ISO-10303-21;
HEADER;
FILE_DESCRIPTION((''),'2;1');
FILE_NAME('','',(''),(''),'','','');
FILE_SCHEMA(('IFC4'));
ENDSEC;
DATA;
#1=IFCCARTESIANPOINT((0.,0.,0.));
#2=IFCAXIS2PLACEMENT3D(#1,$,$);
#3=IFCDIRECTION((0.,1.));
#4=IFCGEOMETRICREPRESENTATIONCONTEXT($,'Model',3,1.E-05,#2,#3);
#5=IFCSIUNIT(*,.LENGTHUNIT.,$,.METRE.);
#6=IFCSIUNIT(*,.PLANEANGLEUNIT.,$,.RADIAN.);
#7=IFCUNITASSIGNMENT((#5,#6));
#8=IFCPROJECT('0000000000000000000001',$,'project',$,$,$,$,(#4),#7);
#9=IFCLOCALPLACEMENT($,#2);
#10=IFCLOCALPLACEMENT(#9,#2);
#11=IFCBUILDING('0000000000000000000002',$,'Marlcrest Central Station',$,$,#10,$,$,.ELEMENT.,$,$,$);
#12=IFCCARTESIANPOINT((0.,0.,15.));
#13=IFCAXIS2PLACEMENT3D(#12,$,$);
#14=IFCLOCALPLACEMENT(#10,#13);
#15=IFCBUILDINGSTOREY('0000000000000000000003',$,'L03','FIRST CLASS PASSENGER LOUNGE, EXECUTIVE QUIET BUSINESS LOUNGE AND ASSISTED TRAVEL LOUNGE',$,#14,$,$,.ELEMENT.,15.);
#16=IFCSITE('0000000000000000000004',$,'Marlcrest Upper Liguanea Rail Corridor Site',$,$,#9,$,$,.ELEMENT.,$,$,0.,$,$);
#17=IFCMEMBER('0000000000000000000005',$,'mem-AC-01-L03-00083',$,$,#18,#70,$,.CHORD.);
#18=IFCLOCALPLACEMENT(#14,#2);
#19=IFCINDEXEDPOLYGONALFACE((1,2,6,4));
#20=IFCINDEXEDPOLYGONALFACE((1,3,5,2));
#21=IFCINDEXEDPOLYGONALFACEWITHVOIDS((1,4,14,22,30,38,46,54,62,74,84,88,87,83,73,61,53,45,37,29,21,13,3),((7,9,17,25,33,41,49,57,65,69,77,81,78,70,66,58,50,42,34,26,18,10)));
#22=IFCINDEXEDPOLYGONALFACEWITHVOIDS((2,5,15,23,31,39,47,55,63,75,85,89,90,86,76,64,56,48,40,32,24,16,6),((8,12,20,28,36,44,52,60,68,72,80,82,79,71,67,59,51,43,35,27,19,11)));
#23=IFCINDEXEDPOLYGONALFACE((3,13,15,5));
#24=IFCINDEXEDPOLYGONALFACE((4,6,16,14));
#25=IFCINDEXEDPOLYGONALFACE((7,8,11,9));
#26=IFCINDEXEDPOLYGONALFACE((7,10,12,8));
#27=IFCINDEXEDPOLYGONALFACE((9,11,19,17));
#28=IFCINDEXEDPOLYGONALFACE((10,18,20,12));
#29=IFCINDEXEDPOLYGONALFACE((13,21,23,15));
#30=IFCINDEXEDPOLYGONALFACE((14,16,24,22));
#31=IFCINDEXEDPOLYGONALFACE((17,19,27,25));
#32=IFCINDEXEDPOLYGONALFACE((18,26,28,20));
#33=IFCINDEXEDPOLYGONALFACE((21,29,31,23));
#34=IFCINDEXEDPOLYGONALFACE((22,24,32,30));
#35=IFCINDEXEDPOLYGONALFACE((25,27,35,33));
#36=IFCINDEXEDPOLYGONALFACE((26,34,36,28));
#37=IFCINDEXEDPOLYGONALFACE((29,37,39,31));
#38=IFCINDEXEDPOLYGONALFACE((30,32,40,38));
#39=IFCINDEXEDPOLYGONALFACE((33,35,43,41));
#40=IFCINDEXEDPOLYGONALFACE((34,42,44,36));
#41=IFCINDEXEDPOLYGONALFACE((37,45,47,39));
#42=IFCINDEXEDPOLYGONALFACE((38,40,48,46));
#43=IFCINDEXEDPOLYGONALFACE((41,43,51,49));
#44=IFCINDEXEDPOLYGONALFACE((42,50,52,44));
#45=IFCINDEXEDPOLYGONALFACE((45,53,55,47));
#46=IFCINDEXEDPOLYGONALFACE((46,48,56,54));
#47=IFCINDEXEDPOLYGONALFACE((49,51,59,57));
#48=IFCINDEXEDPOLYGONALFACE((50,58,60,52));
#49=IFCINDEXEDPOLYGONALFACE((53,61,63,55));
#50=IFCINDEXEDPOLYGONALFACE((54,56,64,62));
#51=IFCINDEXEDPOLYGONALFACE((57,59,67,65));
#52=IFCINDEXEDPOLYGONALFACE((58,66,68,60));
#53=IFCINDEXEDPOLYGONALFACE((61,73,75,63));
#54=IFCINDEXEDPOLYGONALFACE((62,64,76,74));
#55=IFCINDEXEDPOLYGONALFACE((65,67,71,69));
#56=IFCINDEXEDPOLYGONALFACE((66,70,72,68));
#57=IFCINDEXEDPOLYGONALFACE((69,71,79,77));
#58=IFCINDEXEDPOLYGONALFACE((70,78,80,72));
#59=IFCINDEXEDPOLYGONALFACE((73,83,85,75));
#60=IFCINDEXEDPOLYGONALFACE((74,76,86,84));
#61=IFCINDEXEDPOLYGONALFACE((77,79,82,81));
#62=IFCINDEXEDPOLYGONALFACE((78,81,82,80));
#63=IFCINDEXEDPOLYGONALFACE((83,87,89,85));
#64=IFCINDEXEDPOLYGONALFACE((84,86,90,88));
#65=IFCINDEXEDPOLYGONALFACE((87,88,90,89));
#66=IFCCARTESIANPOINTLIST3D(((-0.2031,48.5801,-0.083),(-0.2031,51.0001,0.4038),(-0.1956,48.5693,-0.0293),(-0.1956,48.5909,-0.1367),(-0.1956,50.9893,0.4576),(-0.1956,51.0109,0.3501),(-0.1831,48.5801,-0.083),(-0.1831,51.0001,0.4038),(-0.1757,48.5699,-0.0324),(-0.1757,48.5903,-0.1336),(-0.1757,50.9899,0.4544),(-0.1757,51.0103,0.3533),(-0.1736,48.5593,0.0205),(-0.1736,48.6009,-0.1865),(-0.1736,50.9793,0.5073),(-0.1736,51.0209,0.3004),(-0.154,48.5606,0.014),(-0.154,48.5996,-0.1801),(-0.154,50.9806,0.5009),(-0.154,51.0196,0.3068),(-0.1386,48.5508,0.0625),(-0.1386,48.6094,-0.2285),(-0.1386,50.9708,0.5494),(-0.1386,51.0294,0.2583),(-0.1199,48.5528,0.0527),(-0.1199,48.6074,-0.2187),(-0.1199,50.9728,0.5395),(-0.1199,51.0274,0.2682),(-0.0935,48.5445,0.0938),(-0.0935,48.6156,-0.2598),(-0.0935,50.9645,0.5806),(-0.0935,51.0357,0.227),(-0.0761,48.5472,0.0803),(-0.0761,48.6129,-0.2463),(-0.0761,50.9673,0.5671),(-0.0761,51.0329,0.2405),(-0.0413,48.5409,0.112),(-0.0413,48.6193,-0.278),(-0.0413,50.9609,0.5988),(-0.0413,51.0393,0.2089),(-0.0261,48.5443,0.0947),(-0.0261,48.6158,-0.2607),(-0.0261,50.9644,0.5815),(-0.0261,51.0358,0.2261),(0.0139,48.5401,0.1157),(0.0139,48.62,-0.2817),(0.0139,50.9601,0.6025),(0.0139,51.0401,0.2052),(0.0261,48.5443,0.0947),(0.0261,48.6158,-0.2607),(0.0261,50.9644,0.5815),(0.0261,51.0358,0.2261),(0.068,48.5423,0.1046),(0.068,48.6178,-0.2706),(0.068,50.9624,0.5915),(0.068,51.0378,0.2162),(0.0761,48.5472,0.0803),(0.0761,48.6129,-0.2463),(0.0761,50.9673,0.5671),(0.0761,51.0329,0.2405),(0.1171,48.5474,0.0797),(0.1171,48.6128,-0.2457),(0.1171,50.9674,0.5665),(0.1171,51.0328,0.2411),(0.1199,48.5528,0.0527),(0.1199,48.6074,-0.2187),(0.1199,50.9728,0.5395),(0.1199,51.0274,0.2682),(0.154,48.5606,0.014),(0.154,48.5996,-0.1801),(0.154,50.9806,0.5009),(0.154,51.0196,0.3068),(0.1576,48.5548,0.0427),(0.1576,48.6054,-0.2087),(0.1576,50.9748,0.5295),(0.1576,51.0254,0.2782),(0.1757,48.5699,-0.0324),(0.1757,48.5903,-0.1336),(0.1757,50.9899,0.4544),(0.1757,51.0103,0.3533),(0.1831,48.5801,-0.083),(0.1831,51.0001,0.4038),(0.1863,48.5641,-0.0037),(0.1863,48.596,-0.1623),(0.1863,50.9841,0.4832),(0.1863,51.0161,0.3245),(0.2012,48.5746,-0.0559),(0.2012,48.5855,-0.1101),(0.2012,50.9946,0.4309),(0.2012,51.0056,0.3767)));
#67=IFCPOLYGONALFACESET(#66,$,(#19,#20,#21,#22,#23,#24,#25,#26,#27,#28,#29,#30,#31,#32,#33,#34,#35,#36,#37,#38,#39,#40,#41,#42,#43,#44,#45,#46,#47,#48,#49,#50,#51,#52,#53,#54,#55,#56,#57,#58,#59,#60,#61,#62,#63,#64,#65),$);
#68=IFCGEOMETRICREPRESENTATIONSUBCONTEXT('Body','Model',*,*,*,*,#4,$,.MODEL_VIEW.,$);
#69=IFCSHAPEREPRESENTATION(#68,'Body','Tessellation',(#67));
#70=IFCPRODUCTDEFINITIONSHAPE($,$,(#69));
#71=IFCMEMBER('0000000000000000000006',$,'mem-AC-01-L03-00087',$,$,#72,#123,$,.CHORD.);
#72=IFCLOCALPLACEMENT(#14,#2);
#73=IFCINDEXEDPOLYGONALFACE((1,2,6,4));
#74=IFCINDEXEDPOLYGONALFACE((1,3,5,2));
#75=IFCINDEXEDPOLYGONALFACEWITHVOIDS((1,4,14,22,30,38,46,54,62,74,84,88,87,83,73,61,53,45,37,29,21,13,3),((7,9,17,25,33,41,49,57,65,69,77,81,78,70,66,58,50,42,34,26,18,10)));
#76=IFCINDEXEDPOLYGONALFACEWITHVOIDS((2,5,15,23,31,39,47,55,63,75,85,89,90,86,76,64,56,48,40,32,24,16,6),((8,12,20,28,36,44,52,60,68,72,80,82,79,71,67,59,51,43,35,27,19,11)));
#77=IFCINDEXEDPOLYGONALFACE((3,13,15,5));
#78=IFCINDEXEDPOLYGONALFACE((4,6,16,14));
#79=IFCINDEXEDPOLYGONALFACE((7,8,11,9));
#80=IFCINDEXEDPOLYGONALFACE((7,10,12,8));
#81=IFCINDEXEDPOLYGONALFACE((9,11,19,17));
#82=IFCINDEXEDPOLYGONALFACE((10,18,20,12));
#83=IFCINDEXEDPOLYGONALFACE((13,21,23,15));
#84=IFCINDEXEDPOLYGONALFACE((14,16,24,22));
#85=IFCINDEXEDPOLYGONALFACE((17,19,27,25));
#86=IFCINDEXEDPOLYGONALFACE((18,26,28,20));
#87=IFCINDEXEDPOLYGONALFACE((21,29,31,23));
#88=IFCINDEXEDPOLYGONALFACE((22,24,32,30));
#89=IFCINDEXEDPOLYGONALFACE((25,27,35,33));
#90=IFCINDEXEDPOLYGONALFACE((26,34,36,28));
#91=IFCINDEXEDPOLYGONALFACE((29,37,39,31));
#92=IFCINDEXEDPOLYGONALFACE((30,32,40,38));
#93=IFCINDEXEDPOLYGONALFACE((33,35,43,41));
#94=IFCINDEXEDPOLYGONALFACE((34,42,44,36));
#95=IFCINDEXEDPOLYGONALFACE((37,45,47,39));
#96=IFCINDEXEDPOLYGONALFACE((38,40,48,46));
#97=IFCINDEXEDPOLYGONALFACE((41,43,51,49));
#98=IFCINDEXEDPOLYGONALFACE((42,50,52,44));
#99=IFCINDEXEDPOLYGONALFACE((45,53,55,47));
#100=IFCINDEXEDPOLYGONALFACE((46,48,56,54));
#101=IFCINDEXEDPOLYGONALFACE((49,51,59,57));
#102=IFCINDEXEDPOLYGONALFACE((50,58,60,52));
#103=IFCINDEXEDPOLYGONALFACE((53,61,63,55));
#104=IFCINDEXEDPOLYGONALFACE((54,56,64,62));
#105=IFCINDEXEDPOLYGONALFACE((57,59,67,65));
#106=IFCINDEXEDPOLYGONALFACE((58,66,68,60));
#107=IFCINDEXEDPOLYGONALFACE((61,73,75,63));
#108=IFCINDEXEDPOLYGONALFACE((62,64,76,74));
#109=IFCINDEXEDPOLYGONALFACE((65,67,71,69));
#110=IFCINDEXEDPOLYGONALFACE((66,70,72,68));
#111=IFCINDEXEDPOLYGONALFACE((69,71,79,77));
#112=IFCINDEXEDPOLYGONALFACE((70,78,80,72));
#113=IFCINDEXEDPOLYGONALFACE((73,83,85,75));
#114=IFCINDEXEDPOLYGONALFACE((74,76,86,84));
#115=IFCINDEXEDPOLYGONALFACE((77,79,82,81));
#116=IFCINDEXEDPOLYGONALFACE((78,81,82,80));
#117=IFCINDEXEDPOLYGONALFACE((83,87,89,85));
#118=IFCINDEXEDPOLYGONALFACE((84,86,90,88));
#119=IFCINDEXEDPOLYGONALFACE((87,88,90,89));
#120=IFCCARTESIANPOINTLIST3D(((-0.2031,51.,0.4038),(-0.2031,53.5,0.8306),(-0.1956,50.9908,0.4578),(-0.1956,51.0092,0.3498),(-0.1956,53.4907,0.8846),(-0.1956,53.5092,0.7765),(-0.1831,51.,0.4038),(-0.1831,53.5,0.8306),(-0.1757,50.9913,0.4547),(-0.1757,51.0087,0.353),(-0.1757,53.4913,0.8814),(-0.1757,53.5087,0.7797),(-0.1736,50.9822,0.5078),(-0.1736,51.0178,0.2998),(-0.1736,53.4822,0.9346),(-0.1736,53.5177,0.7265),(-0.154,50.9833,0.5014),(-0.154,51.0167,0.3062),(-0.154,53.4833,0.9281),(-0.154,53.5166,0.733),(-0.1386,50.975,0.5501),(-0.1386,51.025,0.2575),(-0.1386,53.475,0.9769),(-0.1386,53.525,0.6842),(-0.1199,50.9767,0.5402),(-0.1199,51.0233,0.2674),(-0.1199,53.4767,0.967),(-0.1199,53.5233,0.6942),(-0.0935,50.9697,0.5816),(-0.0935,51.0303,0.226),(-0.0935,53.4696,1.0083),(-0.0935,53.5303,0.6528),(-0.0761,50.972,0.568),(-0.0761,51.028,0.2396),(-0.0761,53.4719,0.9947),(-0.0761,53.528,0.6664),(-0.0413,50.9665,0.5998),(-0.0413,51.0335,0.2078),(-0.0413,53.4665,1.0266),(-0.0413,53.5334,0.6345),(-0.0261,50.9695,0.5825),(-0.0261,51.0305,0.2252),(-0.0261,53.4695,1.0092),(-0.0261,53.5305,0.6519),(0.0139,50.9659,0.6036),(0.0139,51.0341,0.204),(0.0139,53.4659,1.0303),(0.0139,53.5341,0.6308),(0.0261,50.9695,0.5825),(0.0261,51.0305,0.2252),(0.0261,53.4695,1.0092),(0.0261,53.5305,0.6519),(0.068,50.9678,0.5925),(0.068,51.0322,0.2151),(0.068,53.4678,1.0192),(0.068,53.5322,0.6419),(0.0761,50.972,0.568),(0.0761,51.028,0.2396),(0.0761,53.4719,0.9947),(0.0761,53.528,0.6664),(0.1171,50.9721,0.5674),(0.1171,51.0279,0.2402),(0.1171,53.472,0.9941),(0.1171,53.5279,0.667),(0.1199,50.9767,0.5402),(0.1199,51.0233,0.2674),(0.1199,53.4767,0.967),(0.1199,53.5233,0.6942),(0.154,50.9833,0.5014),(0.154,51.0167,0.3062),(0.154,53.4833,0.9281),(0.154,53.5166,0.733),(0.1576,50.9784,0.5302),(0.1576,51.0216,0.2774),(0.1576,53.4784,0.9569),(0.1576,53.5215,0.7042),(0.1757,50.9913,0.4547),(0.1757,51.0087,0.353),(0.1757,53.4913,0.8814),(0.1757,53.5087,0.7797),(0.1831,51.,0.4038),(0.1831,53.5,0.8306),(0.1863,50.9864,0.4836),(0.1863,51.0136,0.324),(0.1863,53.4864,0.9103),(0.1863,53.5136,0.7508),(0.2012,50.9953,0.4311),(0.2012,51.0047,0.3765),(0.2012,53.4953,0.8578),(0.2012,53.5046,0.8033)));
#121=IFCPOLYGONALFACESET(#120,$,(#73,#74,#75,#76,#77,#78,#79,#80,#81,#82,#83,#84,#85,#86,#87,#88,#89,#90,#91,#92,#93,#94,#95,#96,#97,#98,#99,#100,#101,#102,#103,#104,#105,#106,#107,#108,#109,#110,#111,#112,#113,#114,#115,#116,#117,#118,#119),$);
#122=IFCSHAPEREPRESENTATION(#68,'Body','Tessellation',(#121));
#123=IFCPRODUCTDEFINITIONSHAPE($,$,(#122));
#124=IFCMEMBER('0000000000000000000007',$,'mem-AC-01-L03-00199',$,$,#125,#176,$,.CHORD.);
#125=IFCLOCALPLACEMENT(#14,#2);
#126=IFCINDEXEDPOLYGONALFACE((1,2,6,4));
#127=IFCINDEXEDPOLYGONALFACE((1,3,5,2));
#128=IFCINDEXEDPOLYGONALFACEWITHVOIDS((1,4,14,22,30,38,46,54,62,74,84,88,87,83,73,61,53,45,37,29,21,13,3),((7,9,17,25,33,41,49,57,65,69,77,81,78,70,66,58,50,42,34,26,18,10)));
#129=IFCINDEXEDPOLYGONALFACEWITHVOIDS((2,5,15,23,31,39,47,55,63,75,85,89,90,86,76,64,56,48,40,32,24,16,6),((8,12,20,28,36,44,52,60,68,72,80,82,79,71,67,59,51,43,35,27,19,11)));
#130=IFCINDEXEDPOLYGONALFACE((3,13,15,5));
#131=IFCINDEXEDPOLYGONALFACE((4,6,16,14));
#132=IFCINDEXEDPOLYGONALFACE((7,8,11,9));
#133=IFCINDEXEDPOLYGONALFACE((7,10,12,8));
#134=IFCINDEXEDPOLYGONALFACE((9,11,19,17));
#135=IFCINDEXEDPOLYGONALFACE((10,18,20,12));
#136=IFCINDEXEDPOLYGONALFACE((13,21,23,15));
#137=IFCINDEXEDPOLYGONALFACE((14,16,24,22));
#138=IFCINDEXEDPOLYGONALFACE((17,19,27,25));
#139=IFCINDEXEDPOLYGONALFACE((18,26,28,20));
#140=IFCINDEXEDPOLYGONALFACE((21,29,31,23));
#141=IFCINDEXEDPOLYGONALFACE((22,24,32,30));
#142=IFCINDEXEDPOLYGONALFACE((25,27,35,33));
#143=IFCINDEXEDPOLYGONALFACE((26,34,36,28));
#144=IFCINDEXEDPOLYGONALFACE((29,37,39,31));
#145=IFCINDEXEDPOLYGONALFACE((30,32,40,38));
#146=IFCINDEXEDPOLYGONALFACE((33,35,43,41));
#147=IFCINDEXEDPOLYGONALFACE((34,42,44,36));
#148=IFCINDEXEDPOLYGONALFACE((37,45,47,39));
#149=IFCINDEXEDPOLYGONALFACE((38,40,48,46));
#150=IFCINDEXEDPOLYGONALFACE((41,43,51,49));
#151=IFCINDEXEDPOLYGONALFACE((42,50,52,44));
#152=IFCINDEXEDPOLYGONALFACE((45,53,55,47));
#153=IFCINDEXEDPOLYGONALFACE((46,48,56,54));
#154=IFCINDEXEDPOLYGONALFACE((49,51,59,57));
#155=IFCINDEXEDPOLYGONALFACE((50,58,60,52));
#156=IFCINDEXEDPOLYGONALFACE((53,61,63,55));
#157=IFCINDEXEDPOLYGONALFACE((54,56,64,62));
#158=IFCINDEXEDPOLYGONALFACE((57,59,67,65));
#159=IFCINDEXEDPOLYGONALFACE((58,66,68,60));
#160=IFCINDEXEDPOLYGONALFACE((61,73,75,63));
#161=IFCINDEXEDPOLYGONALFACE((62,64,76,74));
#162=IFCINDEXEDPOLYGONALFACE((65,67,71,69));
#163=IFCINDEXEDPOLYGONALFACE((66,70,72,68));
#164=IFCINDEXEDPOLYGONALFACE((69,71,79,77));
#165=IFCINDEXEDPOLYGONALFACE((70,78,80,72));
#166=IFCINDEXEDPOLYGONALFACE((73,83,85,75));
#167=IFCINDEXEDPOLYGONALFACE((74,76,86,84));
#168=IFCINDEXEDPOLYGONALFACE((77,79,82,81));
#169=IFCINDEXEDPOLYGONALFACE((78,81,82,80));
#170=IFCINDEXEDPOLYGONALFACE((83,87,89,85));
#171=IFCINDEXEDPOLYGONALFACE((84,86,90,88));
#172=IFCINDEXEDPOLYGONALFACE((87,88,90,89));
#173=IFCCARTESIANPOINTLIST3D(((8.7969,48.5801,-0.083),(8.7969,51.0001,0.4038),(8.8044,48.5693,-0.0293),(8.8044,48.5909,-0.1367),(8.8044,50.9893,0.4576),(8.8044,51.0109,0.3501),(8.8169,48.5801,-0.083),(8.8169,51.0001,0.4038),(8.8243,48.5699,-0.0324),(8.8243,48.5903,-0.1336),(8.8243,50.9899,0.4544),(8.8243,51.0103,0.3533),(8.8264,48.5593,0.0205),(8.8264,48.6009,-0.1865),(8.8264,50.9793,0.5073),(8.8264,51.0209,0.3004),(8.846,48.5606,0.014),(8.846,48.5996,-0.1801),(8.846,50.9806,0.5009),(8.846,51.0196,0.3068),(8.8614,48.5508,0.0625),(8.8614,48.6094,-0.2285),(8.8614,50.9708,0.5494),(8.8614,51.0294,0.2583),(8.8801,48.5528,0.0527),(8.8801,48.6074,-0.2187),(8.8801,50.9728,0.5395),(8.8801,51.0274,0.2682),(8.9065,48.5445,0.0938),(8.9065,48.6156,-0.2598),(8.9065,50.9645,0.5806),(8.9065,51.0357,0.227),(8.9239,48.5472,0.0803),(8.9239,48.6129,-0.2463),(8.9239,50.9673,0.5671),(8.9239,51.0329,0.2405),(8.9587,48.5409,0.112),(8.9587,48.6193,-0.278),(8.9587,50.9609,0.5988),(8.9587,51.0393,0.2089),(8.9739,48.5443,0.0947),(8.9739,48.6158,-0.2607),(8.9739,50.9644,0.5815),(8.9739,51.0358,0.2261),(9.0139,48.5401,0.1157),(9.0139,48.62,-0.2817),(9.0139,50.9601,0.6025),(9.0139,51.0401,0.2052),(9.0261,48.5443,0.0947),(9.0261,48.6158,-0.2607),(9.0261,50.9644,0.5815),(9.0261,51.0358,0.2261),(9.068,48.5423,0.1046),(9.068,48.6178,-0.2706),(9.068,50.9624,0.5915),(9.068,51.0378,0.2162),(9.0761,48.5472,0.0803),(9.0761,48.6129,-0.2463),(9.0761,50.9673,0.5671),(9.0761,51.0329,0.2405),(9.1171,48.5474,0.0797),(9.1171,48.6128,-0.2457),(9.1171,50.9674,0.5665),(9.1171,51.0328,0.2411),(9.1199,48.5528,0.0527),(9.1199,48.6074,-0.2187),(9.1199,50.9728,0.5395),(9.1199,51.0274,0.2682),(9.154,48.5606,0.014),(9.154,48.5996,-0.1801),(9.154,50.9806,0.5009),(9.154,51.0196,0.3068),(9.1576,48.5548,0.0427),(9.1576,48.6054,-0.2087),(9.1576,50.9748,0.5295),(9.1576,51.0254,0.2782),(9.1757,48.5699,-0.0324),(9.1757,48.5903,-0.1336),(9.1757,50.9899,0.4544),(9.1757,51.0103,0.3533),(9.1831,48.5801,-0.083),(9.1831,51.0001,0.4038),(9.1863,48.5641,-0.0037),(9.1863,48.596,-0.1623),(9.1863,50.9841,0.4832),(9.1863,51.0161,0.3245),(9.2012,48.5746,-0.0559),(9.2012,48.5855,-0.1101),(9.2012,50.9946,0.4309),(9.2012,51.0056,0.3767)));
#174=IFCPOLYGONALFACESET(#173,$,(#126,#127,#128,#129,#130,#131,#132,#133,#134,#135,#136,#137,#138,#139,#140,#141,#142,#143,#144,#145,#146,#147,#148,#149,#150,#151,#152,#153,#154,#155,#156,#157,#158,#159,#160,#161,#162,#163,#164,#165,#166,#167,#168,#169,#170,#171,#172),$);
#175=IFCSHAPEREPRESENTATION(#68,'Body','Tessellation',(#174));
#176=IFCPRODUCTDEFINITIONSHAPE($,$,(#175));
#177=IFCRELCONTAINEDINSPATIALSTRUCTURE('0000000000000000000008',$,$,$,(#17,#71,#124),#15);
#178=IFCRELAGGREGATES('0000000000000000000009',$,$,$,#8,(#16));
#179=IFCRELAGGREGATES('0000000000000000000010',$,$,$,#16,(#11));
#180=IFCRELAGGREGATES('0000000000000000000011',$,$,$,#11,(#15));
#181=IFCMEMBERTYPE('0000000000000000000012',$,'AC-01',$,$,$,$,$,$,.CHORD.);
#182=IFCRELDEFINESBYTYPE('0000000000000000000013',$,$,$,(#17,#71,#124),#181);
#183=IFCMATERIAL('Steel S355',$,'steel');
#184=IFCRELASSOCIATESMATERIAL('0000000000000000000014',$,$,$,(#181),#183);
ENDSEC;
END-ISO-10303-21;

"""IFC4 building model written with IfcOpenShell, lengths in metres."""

from ifc_helpers import new_model, si_unit, direction, frame, origin, origin_2d, place, context, subcontext, project, spatial, hollow_circle, extrude, material, material_profile, profile_set, type_object, element, save


model = new_model("IFC4")

# Units and contexts
model_context = context("Model", 3, precision=1e-05, world=origin(), true_north=direction((0.0, 1.0)))
body_context = subcontext(model_context, "Body", "Model", "MODEL_VIEW")
ifc_project = project(units=[si_unit("LENGTHUNIT", "METRE"), si_unit("PLANEANGLEUNIT", "RADIAN")], contexts=[model_context])

# Site, building, storey
site_placement = place(None, origin())
site = spatial("IfcSite", under=ifc_project, at=site_placement, Name="Marlcrest Upper Liguanea Rail Corridor Site", CompositionType="ELEMENT", RefElevation=0.0)
building_placement = place(site_placement, origin())
building = spatial("IfcBuilding", under=site, at=building_placement, Name="Marlcrest Central Station", CompositionType="ELEMENT")
storey_placement = place(building_placement, frame((0.0, 0.0, 15.0)))
storey = spatial("IfcBuildingStorey", under=building, at=storey_placement, Name="L03", Description="FIRST CLASS PASSENGER LOUNGE, EXECUTIVE QUIET BUSINESS LOUNGE AND ASSISTED TRAVEL LOUNGE", CompositionType="ELEMENT", Elevation=15.0)

# Members
ifc_material_1 = material(Name="Steel S355", Category="steel")
ifc_material_profile_1 = material_profile(ifc_material_1, hollow_circle(Radius=0.2031, WallThickness=0.02, at=origin_2d()), Name="CHS 406.4x20")
ifc_profile_set_1 = profile_set([ifc_material_profile_1], Name="Steel S355")
member_type_1 = type_object("IfcMemberType", Name="AC-01", PredefinedType="CHORD", material=ifc_profile_set_1)
member_1_placement = place(storey_placement, frame((0.0, 48.5801, -0.083), z_axis=(0.0, 0.980359, 0.197219), x_axis=(-1.0, 0.0, 0.0)))
element("IfcMember", 1, at=member_1_placement, inside=storey, type_object=member_type_1, Name="mem-AC-01-L03-00083", PredefinedType="CHORD", context=body_context, shape_type="SweptSolid", body=[
    extrude(hollow_circle(Radius=0.2031, WallThickness=0.02, at=origin_2d()), origin(), (0.0, 0.0, 1.0), 2.4685),
])
member_2_placement = place(storey_placement, frame((0.0, 51.0, 0.4038), z_axis=(0.0, 0.985741, 0.168269), x_axis=(-1.0, 0.0, 0.0)))
element("IfcMember", 2, at=member_2_placement, inside=storey, type_object=member_type_1, Name="mem-AC-01-L03-00087", PredefinedType="CHORD", context=body_context, shape_type="SweptSolid", body=[
    extrude(hollow_circle(Radius=0.2031, WallThickness=0.02, at=origin_2d()), origin(), (0.0, 0.0, 1.0), 2.5361),
])
member_3_placement = place(storey_placement, frame((9.0, 48.5801, -0.083), z_axis=(0.0, 0.980359, 0.197219), x_axis=(-1.0, 0.0, 0.0)))
element("IfcMember", 3, at=member_3_placement, inside=storey, type_object=member_type_1, Name="mem-AC-01-L03-00199", PredefinedType="CHORD", context=body_context, shape_type="SweptSolid", body=[
    extrude(hollow_circle(Radius=0.2031, WallThickness=0.02, at=origin_2d()), origin(), (0.0, 0.0, 1.0), 2.4685),
])

save(model, "model.ifc")
